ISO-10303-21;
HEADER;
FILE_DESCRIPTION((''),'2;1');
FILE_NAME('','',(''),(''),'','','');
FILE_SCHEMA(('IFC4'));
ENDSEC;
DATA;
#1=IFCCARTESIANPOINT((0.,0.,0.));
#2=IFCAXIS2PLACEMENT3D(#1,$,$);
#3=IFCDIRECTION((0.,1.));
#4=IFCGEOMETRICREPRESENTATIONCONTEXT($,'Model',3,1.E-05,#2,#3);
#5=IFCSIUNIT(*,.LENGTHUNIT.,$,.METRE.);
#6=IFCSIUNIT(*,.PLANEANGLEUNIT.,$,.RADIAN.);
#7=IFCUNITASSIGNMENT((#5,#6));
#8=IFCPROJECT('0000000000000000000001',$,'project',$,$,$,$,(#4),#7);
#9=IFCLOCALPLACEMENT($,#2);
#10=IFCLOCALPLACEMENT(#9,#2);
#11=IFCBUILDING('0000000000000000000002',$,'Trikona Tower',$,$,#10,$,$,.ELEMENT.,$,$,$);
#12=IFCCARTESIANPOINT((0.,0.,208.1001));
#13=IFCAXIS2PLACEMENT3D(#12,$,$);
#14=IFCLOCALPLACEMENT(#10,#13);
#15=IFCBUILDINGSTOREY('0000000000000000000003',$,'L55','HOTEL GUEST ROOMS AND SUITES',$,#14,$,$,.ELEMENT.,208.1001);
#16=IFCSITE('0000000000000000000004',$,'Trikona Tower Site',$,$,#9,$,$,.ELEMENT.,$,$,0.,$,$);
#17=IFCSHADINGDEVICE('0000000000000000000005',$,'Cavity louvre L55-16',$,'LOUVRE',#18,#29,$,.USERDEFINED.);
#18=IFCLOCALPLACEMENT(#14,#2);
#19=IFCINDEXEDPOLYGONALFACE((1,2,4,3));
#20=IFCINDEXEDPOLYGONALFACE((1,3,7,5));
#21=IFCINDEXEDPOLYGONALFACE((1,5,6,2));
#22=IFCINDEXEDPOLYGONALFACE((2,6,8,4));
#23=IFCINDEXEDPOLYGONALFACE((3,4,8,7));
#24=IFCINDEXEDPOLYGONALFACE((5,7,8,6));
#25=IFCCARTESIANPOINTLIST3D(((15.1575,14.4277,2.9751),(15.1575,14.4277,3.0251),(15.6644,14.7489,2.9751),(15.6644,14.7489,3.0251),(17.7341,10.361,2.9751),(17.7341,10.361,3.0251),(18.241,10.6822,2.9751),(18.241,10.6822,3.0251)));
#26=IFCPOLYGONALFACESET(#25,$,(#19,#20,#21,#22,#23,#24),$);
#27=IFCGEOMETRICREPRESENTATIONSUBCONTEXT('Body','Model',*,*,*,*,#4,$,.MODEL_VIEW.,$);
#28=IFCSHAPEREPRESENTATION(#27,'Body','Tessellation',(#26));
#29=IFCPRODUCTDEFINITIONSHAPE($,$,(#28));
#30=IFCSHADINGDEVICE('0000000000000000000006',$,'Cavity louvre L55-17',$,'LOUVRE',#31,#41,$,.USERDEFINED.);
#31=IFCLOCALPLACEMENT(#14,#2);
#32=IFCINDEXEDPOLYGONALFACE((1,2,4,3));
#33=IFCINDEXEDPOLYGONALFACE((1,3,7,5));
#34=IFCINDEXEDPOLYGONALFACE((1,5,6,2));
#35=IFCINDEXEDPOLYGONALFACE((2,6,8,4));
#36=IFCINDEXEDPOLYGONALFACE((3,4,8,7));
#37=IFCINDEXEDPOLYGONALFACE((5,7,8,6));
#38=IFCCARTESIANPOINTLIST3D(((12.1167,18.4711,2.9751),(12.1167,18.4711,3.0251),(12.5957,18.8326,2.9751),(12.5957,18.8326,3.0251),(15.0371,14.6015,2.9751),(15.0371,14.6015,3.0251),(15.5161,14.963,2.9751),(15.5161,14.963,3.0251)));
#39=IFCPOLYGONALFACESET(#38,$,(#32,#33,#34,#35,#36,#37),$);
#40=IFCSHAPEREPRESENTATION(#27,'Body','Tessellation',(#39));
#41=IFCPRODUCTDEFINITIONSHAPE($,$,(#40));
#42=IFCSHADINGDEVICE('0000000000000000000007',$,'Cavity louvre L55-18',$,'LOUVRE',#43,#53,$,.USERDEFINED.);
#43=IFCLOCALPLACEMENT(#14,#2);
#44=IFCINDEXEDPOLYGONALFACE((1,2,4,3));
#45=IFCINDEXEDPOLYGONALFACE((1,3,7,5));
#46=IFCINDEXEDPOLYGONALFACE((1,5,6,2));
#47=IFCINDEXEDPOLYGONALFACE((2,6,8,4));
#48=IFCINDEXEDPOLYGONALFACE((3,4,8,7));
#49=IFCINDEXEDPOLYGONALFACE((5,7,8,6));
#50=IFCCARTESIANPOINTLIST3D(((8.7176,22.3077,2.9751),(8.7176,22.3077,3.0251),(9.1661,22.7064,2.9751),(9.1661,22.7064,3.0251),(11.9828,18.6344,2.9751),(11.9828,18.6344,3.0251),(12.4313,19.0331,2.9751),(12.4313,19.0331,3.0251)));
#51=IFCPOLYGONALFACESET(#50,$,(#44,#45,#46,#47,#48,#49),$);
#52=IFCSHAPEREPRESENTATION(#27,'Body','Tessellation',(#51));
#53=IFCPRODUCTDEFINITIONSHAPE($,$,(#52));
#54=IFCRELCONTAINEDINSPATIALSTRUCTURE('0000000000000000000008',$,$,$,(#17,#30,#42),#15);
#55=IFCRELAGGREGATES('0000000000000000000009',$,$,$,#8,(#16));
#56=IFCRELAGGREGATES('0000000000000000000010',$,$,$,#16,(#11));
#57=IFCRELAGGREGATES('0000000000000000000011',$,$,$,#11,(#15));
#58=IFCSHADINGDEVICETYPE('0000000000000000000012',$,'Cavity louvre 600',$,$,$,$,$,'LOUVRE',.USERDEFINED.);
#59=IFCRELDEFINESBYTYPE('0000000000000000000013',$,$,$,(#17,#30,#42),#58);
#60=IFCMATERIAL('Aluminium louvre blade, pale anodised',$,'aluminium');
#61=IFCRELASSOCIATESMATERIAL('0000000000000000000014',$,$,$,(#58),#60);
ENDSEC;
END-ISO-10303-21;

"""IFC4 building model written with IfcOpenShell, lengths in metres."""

from ifc_helpers import new_model, si_unit, direction, frame, origin, origin_2d, place, context, subcontext, project, spatial, rectangle, extrude, material, type_object, element, save


model = new_model("IFC4")

# Units and contexts
model_context = context("Model", 3, precision=1e-05, world=origin(), true_north=direction((0.0, 1.0)))
body_context = subcontext(model_context, "Body", "Model", "MODEL_VIEW")
ifc_project = project(units=[si_unit("LENGTHUNIT", "METRE"), si_unit("PLANEANGLEUNIT", "RADIAN")], contexts=[model_context])

# Site, building, storey
site_placement = place(None, origin())
site = spatial("IfcSite", under=ifc_project, at=site_placement, Name="Trikona Tower Site", CompositionType="ELEMENT", RefElevation=0.0)
building_placement = place(site_placement, origin())
building = spatial("IfcBuilding", under=site, at=building_placement, Name="Trikona Tower", CompositionType="ELEMENT")
storey_placement = place(building_placement, frame((0.0, 0.0, 208.1001)))
storey = spatial("IfcBuildingStorey", under=building, at=storey_placement, Name="L55", Description="HOTEL GUEST ROOMS AND SUITES", CompositionType="ELEMENT", Elevation=208.1001)

# Shading devices
ifc_material_1 = material(Name="Aluminium louvre blade, pale anodised", Category="aluminium")
shading_device_type = type_object("IfcShadingDeviceType", Name="Cavity louvre 600", ElementType="LOUVRE", PredefinedType="USERDEFINED", material=ifc_material_1)
shading_device_1_placement = place(storey_placement, frame((16.6992, 12.5549, 2.9751), z_axis=(0.0, 0.0, 1.0), x_axis=(-0.535205, 0.844722, 0.0)))
element("IfcShadingDevice", 1, at=shading_device_1_placement, inside=storey, type_object=shading_device_type, Name="Cavity louvre L55-16", ObjectType="LOUVRE", PredefinedType="USERDEFINED", context=body_context, shape_type="SweptSolid", body=[
    extrude(rectangle(XDim=4.8142, YDim=0.6001, at=origin_2d()), origin(), (0.0, 0.0, 1.0), 0.05),
])
shading_device_2_placement = place(storey_placement, frame((13.8164, 16.717, 2.9751), z_axis=(0.0, 0.0, 1.0), x_axis=(-0.602402, 0.798193, 0.0)))
element("IfcShadingDevice", 2, at=shading_device_2_placement, inside=storey, type_object=shading_device_type, Name="Cavity louvre L55-17", ObjectType="LOUVRE", PredefinedType="USERDEFINED", context=body_context, shape_type="SweptSolid", body=[
    extrude(rectangle(XDim=4.8479, YDim=0.6001, at=origin_2d()), origin(), (0.0, 0.0, 1.0), 0.05),
])
shading_device_3_placement = place(storey_placement, frame((10.5745, 20.6704, 2.9751), z_axis=(0.0, 0.0, 1.0), x_axis=(-0.664367, 0.747406, 0.0)))
element("IfcShadingDevice", 3, at=shading_device_3_placement, inside=storey, type_object=shading_device_type, Name="Cavity louvre L55-18", ObjectType="LOUVRE", PredefinedType="USERDEFINED", context=body_context, shape_type="SweptSolid", body=[
    extrude(rectangle(XDim=4.9148, YDim=0.6001, at=origin_2d()), origin(), (0.0, 0.0, 1.0), 0.05),
])

save(model, "model.ifc")
